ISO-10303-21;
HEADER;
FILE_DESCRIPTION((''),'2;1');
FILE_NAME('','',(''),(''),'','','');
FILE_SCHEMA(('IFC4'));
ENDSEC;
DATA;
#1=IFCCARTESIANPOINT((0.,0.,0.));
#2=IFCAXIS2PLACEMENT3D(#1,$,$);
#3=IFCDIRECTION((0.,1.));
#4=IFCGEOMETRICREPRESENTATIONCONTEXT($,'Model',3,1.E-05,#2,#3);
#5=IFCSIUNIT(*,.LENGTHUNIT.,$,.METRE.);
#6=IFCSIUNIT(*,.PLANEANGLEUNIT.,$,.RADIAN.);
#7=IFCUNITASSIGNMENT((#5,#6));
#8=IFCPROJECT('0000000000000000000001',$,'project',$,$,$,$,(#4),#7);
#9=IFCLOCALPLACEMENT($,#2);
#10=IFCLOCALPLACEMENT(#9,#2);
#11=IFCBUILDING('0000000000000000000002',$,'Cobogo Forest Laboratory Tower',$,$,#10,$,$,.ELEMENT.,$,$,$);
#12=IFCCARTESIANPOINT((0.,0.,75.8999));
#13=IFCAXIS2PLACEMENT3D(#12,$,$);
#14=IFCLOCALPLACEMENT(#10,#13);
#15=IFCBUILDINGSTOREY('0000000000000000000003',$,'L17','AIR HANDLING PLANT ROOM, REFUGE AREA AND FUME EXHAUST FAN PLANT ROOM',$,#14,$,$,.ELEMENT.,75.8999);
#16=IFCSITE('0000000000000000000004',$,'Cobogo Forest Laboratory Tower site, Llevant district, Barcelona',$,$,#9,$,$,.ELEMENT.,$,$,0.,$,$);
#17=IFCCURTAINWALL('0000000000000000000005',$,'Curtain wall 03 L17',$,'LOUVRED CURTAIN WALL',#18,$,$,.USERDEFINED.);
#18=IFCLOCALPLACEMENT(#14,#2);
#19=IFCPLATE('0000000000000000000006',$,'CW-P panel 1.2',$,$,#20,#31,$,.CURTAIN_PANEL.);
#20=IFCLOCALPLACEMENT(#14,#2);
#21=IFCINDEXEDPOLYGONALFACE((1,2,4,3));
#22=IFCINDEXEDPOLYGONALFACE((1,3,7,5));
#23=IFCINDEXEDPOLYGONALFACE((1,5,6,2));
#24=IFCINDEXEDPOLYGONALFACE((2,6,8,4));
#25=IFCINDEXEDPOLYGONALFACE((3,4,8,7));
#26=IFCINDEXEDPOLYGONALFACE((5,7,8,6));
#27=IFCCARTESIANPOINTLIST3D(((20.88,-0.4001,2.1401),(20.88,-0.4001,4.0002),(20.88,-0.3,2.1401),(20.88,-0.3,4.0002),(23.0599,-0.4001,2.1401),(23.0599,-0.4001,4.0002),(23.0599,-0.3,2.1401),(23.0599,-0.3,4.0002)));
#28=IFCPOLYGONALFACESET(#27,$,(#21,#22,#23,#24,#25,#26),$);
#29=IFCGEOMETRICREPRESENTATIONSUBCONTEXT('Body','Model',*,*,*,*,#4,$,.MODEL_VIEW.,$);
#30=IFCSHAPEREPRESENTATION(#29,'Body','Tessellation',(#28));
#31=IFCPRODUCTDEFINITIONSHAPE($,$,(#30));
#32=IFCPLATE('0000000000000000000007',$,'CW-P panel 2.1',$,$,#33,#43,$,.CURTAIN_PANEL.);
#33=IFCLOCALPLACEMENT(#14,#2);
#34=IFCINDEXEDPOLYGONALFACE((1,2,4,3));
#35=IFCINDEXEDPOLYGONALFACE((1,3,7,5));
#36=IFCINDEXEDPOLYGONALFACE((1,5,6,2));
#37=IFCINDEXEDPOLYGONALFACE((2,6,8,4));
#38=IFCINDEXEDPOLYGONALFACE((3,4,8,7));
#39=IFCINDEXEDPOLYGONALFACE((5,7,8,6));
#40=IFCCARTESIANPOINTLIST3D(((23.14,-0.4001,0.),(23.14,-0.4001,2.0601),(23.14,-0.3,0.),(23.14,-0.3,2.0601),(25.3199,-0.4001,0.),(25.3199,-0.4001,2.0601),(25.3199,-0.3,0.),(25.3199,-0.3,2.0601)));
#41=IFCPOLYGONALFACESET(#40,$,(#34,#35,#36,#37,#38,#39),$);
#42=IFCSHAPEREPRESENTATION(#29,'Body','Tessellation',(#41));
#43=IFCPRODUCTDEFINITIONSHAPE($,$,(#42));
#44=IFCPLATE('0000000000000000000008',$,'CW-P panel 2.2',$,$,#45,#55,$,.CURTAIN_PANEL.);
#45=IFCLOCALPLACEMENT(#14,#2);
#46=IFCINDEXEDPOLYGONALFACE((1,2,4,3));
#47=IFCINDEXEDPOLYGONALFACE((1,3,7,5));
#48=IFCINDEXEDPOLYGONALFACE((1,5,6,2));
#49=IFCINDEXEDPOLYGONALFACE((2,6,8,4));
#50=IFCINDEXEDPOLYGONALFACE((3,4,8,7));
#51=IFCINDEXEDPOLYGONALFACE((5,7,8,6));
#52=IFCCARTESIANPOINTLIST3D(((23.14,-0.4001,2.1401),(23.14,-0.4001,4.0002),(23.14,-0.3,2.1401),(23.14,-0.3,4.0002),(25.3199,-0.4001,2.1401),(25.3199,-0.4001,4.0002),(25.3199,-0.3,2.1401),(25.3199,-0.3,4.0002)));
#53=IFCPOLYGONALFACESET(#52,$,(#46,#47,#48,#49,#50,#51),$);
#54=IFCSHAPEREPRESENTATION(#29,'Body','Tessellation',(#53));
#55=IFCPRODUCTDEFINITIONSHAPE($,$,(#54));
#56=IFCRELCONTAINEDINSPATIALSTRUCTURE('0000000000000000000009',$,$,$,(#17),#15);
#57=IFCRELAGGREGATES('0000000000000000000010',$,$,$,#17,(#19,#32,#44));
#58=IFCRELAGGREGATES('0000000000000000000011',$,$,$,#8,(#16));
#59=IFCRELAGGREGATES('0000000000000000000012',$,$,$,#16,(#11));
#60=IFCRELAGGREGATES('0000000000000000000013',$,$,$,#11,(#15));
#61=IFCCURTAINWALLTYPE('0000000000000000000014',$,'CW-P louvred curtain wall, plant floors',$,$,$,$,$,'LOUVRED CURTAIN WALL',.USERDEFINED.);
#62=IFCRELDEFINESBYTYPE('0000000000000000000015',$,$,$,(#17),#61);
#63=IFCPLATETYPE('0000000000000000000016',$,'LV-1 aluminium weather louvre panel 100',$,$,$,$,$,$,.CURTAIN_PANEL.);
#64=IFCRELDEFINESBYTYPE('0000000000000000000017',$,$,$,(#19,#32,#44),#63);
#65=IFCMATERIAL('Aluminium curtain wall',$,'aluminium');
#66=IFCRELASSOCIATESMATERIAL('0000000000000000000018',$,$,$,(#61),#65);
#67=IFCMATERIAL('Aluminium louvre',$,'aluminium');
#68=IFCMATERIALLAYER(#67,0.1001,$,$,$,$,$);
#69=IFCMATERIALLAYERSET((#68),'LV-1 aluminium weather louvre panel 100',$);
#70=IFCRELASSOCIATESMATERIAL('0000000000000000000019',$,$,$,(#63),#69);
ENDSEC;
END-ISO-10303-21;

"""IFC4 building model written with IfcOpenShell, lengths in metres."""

from ifc_helpers import new_model, si_unit, direction, frame, origin, origin_2d, place, context, subcontext, project, spatial, rectangle, extrude, material, layer, layer_set, type_object, element, aggregate, save


model = new_model("IFC4")

# Units and contexts
model_context = context("Model", 3, precision=1e-05, world=origin(), true_north=direction((0.0, 1.0)))
body_context = subcontext(model_context, "Body", "Model", "MODEL_VIEW")
ifc_project = project(units=[si_unit("LENGTHUNIT", "METRE"), si_unit("PLANEANGLEUNIT", "RADIAN")], contexts=[model_context])

# Site, building, storey
site_placement = place(None, origin())
site = spatial("IfcSite", under=ifc_project, at=site_placement, Name="Cobogo Forest Laboratory Tower site, Llevant district, Barcelona", CompositionType="ELEMENT", RefElevation=0.0)
building_placement = place(site_placement, origin())
building = spatial("IfcBuilding", under=site, at=building_placement, Name="Cobogo Forest Laboratory Tower", CompositionType="ELEMENT")
storey_placement = place(building_placement, frame((0.0, 0.0, 75.8999)))
storey = spatial("IfcBuildingStorey", under=building, at=storey_placement, Name="L17", Description="AIR HANDLING PLANT ROOM, REFUGE AREA AND FUME EXHAUST FAN PLANT ROOM", CompositionType="ELEMENT", Elevation=75.8999)

# Curtain wall
ifc_material_1 = material(Name="Aluminium curtain wall", Category="aluminium")
curtain_wall_type = type_object("IfcCurtainWallType", Name="CW-P louvred curtain wall, plant floors", ElementType="LOUVRED CURTAIN WALL", PredefinedType="USERDEFINED", material=ifc_material_1)
curtain_wall_placement = place(storey_placement, origin())
curtain_wall = element("IfcCurtainWall", 1, at=curtain_wall_placement, inside=storey, type_object=curtain_wall_type, Name="Curtain wall 03 L17", ObjectType="LOUVRED CURTAIN WALL", PredefinedType="USERDEFINED")

# Plates
ifc_material_2 = material(Name="Aluminium louvre", Category="aluminium")
ifc_layer_1 = layer(ifc_material_2, 0.1001)
ifc_layer_set_1 = layer_set([ifc_layer_1], Name="LV-1 aluminium weather louvre panel 100")
plate_type_1 = type_object("IfcPlateType", Name="LV-1 aluminium weather louvre panel 100", PredefinedType="CURTAIN_PANEL", material=ifc_layer_set_1)
plate_1_placement = place(storey_placement, frame((21.97, -0.3501, 2.1401), z_axis=(0.0, 0.0, 1.0), x_axis=(1.0, 0.0, 0.0)))
plate_1 = element("IfcPlate", 2, at=plate_1_placement, type_object=plate_type_1, Name="CW-P panel 1.2", PredefinedType="CURTAIN_PANEL", context=body_context, shape_type="SweptSolid", body=[
    extrude(rectangle(XDim=2.1799, YDim=0.1001, at=origin_2d()), origin(), (0.0, 0.0, 1.0), 1.8601),
])
plate_2_placement = place(storey_placement, frame((24.23, -0.3501, 0.0), z_axis=(0.0, 0.0, 1.0), x_axis=(1.0, 0.0, 0.0)))
plate_2 = element("IfcPlate", 3, at=plate_2_placement, type_object=plate_type_1, Name="CW-P panel 2.1", PredefinedType="CURTAIN_PANEL", context=body_context, shape_type="SweptSolid", body=[
    extrude(rectangle(XDim=2.1799, YDim=0.1001, at=origin_2d()), origin(), (0.0, 0.0, 1.0), 2.0601),
])
plate_3_placement = place(storey_placement, frame((24.23, -0.3501, 2.1401), z_axis=(0.0, 0.0, 1.0), x_axis=(1.0, 0.0, 0.0)))
plate_3 = element("IfcPlate", 4, at=plate_3_placement, type_object=plate_type_1, Name="CW-P panel 2.2", PredefinedType="CURTAIN_PANEL", context=body_context, shape_type="SweptSolid", body=[
    extrude(rectangle(XDim=2.1799, YDim=0.1001, at=origin_2d()), origin(), (0.0, 0.0, 1.0), 1.8601),
])
aggregate(curtain_wall, [plate_1, plate_2, plate_3])

save(model, "model.ifc")
